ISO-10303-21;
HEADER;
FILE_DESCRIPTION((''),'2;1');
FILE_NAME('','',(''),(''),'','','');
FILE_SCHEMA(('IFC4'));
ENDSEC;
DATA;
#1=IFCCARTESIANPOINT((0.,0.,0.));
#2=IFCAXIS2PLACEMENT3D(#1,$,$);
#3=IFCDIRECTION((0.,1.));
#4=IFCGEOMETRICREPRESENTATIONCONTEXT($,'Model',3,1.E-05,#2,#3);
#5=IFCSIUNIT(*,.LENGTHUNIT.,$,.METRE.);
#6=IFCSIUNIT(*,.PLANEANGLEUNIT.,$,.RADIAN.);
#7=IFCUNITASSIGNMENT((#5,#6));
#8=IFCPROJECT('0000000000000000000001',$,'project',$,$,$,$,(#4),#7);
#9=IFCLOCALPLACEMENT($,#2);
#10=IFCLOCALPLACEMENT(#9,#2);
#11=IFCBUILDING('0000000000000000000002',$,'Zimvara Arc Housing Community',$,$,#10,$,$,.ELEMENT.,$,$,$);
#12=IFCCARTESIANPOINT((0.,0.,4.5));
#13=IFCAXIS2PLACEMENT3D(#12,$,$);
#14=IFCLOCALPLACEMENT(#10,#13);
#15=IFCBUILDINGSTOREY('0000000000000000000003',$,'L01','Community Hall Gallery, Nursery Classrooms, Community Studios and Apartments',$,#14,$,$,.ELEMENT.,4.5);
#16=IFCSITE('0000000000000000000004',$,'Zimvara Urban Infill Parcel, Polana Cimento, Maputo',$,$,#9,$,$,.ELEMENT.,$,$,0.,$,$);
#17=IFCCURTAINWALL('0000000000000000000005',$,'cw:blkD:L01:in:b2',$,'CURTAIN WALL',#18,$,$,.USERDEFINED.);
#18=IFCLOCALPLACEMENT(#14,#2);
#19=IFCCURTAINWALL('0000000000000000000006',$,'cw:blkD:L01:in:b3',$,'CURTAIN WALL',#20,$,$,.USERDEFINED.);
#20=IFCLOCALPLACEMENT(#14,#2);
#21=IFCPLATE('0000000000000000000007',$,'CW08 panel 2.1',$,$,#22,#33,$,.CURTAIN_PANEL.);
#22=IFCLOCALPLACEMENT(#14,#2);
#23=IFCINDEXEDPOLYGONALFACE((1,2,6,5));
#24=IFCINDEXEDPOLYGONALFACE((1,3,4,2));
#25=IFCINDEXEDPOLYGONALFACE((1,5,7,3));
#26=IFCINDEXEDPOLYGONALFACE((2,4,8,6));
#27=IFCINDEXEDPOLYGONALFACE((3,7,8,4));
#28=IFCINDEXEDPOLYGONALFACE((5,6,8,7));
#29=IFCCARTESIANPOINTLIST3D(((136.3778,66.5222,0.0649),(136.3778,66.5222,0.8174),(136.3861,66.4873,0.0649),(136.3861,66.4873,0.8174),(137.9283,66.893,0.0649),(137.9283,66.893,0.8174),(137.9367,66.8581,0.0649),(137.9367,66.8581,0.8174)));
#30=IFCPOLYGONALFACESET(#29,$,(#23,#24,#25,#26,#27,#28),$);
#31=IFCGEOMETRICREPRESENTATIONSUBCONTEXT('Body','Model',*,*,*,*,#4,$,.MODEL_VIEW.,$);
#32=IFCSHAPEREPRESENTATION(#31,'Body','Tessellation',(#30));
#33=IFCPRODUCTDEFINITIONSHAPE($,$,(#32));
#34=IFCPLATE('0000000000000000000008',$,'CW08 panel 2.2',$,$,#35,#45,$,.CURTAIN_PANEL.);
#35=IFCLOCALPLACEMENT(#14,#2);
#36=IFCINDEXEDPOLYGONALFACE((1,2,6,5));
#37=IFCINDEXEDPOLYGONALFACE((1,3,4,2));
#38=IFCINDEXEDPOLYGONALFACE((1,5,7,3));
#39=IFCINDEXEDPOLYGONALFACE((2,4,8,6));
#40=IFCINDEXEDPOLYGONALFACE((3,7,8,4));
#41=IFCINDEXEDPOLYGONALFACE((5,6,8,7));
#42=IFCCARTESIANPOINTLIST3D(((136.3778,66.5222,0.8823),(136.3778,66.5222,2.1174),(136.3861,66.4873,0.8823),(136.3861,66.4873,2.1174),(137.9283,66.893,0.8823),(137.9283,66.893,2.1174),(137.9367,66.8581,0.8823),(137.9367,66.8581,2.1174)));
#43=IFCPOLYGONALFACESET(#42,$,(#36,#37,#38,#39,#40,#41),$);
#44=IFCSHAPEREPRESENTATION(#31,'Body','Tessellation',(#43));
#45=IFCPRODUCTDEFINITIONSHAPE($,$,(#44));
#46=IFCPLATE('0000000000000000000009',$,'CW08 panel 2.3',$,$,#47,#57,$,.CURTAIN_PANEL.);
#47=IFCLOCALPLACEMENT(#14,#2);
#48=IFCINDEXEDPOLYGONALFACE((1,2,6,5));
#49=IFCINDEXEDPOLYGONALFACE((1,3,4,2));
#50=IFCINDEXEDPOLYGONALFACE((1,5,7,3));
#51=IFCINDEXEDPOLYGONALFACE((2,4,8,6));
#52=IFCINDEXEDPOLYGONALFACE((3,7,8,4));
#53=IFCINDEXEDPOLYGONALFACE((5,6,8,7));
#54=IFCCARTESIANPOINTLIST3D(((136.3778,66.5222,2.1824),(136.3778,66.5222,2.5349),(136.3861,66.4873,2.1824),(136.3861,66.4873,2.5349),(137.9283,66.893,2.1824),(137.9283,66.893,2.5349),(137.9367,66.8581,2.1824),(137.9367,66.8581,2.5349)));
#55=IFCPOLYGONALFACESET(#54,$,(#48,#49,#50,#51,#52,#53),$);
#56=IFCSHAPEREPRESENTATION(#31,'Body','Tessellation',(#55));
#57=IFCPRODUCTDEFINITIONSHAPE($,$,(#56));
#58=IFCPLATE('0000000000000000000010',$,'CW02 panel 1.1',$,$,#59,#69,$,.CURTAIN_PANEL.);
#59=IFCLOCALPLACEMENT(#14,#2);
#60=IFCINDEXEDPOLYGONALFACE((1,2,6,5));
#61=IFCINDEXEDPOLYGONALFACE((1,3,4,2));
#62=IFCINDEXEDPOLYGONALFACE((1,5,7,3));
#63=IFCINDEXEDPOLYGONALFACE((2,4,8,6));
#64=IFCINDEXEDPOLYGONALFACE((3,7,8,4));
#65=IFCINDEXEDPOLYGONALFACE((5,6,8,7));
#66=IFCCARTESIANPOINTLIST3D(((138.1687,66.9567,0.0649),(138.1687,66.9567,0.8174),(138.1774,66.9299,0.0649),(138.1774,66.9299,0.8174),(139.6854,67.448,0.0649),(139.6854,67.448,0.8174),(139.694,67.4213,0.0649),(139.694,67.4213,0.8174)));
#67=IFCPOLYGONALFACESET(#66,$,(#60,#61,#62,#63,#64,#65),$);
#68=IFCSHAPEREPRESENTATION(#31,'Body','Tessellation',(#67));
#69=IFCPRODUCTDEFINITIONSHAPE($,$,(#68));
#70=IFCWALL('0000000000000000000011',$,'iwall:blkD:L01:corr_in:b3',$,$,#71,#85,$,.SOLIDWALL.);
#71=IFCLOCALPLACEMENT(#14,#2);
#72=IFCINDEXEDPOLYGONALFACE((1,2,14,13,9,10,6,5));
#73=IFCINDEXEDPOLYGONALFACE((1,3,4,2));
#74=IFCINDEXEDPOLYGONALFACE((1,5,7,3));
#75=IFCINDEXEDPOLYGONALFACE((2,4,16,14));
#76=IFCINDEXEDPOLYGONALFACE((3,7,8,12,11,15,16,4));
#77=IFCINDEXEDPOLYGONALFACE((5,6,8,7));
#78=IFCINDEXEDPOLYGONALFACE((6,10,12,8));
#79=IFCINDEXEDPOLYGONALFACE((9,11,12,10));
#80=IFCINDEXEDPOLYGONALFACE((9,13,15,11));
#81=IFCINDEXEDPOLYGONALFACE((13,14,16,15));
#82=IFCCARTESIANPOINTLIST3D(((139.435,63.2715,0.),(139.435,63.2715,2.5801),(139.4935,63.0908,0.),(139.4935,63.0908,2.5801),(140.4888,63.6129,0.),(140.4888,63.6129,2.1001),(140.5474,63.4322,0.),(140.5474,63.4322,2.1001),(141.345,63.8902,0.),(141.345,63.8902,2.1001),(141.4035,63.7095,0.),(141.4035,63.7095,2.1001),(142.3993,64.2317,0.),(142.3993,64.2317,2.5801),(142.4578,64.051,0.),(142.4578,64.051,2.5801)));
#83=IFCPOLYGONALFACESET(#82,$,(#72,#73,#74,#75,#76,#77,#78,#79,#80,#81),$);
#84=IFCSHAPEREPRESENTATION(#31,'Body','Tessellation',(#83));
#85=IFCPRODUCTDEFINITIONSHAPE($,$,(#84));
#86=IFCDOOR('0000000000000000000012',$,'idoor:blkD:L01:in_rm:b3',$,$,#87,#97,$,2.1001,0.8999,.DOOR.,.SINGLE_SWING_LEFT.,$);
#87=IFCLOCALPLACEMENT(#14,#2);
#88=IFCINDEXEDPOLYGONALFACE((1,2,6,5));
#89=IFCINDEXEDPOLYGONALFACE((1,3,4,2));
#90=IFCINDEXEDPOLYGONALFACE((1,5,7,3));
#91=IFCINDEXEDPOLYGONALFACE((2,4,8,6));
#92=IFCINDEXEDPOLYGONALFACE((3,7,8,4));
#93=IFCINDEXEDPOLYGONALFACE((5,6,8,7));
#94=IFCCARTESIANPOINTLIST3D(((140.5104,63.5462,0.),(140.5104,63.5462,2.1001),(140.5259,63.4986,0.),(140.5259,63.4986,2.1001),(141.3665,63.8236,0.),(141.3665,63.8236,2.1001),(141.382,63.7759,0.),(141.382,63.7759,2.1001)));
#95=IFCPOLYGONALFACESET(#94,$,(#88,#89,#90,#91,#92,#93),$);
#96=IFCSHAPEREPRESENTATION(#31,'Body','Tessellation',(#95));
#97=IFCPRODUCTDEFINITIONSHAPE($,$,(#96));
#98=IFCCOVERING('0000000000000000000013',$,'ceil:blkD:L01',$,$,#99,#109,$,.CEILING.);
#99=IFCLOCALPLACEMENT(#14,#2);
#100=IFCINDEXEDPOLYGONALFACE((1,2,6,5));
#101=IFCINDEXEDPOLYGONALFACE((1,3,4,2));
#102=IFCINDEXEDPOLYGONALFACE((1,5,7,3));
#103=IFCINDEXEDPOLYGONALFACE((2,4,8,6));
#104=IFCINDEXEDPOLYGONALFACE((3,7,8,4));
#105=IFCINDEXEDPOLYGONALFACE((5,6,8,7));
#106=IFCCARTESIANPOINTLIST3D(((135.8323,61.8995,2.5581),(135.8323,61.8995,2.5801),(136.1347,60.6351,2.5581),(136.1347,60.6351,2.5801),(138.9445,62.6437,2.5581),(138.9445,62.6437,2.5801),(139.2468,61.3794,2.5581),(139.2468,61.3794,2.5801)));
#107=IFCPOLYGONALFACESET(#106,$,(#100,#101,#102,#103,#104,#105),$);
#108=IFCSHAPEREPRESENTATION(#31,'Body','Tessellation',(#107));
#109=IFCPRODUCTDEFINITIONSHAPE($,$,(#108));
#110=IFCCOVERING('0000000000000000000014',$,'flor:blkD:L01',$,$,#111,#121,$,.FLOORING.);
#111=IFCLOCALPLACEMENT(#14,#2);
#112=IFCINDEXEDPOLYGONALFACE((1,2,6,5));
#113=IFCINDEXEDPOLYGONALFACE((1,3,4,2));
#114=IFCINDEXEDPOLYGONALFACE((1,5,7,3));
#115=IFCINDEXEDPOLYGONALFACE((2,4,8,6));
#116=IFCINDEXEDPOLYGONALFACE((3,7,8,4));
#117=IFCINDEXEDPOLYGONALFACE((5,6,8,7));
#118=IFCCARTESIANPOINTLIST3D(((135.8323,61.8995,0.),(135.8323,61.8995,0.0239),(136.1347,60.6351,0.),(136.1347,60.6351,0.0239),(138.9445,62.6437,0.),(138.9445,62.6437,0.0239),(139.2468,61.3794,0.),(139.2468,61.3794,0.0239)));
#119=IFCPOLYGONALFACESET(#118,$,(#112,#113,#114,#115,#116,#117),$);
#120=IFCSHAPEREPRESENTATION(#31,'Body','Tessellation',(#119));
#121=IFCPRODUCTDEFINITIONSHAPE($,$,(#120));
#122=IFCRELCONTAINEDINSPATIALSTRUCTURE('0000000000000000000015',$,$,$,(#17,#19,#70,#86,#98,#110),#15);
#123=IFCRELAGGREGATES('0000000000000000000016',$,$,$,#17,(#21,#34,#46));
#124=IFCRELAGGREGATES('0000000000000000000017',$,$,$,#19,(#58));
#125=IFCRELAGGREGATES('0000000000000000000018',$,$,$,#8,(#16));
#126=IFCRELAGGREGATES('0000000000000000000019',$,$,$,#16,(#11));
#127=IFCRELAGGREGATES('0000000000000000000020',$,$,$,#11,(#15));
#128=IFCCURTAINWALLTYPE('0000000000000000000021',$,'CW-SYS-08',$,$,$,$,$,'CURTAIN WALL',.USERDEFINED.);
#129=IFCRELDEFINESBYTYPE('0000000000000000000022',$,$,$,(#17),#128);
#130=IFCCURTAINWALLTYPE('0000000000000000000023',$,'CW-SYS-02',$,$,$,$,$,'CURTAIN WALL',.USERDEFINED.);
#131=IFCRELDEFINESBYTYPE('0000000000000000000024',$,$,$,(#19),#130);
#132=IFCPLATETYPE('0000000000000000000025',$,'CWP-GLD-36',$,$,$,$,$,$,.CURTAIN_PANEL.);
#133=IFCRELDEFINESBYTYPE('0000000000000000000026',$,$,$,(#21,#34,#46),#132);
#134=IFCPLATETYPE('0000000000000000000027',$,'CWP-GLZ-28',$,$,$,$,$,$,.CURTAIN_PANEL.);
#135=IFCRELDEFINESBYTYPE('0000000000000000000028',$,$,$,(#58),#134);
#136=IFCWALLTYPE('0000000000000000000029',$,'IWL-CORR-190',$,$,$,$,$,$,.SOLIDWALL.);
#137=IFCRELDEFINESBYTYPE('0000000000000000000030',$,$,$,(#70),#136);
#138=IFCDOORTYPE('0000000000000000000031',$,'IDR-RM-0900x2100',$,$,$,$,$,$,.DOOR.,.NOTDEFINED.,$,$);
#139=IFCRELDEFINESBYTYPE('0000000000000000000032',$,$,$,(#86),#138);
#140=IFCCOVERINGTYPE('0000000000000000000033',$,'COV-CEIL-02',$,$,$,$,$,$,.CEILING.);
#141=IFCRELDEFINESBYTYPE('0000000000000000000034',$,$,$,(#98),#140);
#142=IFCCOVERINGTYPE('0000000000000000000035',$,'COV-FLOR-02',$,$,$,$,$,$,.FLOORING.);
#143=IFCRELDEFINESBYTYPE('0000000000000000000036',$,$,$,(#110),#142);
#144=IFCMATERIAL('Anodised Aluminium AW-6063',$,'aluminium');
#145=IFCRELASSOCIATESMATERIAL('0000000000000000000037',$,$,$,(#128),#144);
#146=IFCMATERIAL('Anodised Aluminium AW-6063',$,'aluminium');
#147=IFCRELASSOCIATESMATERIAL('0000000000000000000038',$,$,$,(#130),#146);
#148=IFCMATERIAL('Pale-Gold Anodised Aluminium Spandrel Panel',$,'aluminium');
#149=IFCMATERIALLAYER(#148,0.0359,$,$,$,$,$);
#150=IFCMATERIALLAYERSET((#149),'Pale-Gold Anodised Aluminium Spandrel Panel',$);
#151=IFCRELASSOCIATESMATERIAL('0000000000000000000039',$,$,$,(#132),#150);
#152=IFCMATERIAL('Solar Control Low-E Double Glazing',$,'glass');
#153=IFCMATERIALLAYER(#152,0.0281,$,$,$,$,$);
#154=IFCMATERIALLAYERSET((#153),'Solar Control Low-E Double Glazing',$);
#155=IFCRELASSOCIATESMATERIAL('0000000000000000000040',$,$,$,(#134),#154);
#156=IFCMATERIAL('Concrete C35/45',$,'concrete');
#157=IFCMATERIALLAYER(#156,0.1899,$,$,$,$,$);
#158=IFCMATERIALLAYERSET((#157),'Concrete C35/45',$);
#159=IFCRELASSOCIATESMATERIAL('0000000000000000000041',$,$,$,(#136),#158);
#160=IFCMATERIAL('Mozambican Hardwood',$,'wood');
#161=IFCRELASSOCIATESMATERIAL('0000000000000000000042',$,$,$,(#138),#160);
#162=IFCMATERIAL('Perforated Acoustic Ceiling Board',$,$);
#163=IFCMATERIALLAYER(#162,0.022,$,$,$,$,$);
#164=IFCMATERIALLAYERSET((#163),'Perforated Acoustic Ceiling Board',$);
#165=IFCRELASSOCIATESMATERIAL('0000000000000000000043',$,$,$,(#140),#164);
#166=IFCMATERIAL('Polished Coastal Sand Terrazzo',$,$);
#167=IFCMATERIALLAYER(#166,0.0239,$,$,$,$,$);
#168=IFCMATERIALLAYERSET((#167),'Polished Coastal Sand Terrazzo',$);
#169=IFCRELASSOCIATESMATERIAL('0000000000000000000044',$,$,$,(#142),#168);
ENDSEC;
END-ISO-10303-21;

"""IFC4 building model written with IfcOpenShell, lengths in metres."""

from ifc_helpers import new_model, si_unit, direction, frame, frame_2d, origin, origin_2d, place, context, subcontext, project, spatial, rectangle, extrude, material, layer, layer_set, type_object, element, fill, aggregate, save


model = new_model("IFC4")

# Units and contexts
model_context = context("Model", 3, precision=1e-05, world=origin(), true_north=direction((0.0, 1.0)))
body_context = subcontext(model_context, "Body", "Model", "MODEL_VIEW")
ifc_project = project(units=[si_unit("LENGTHUNIT", "METRE"), si_unit("PLANEANGLEUNIT", "RADIAN")], contexts=[model_context])

# Site, building, storey
site_placement = place(None, origin())
site = spatial("IfcSite", under=ifc_project, at=site_placement, Name="Zimvara Urban Infill Parcel, Polana Cimento, Maputo", CompositionType="ELEMENT", RefElevation=0.0)
building_placement = place(site_placement, origin())
building = spatial("IfcBuilding", under=site, at=building_placement, Name="Zimvara Arc Housing Community", CompositionType="ELEMENT")
storey_placement = place(building_placement, frame((0.0, 0.0, 4.5)))
storey = spatial("IfcBuildingStorey", under=building, at=storey_placement, Name="L01", Description="Community Hall Gallery, Nursery Classrooms, Community Studios and Apartments", CompositionType="ELEMENT", Elevation=4.5)

# Curtain walls
ifc_material_1 = material(Name="Anodised Aluminium AW-6063", Category="aluminium")
curtain_wall_type_1 = type_object("IfcCurtainWallType", Name="CW-SYS-08", ElementType="CURTAIN WALL", PredefinedType="USERDEFINED", material=ifc_material_1)
curtain_wall_1_placement = place(storey_placement, origin())
curtain_wall_1 = element("IfcCurtainWall", 1, at=curtain_wall_1_placement, inside=storey, type_object=curtain_wall_type_1, Name="cw:blkD:L01:in:b2", ObjectType="CURTAIN WALL", PredefinedType="USERDEFINED")
ifc_material_2 = material(Name="Anodised Aluminium AW-6063", Category="aluminium")
curtain_wall_type_2 = type_object("IfcCurtainWallType", Name="CW-SYS-02", ElementType="CURTAIN WALL", PredefinedType="USERDEFINED", material=ifc_material_2)
curtain_wall_2_placement = place(storey_placement, origin())
curtain_wall_2 = element("IfcCurtainWall", 2, at=curtain_wall_2_placement, inside=storey, type_object=curtain_wall_type_2, Name="cw:blkD:L01:in:b3", ObjectType="CURTAIN WALL", PredefinedType="USERDEFINED")

# Plates
ifc_material_3 = material(Name="Pale-Gold Anodised Aluminium Spandrel Panel", Category="aluminium")
ifc_layer_1 = layer(ifc_material_3, 0.0359)
ifc_layer_set_1 = layer_set([ifc_layer_1], Name="Pale-Gold Anodised Aluminium Spandrel Panel")
plate_type_1 = type_object("IfcPlateType", Name="CWP-GLD-36", PredefinedType="CURTAIN_PANEL", material=ifc_layer_set_1)
plate_1_placement = place(storey_placement, frame((137.1572, 66.6902, 0.0649), z_axis=(0.0, 0.0, 1.0), x_axis=(0.972573, 0.232596, 0.0)))
plate_1 = element("IfcPlate", 3, at=plate_1_placement, type_object=plate_type_1, Name="CW08 panel 2.1", PredefinedType="CURTAIN_PANEL", context=body_context, shape_type="SweptSolid", body=[
    extrude(rectangle(XDim=1.5942, YDim=0.0359, at=origin_2d()), origin(), (0.0, 0.0, 1.0), 0.7524),
])
plate_2_placement = place(storey_placement, frame((137.1572, 66.6902, 0.8823), z_axis=(0.0, 0.0, 1.0), x_axis=(0.972573, 0.232596, 0.0)))
plate_2 = element("IfcPlate", 4, at=plate_2_placement, type_object=plate_type_1, Name="CW08 panel 2.2", PredefinedType="CURTAIN_PANEL", context=body_context, shape_type="SweptSolid", body=[
    extrude(rectangle(XDim=1.5942, YDim=0.0359, at=origin_2d()), origin(), (0.0, 0.0, 1.0), 1.2351),
])
plate_3_placement = place(storey_placement, frame((137.1572, 66.6902, 2.1824), z_axis=(0.0, 0.0, 1.0), x_axis=(0.972573, 0.232596, 0.0)))
plate_3 = element("IfcPlate", 5, at=plate_3_placement, type_object=plate_type_1, Name="CW08 panel 2.3", PredefinedType="CURTAIN_PANEL", context=body_context, shape_type="SweptSolid", body=[
    extrude(rectangle(XDim=1.5942, YDim=0.0359, at=origin_2d()), origin(), (0.0, 0.0, 1.0), 0.3525),
])
aggregate(curtain_wall_1, [plate_1, plate_2, plate_3])
ifc_material_4 = material(Name="Solar Control Low-E Double Glazing", Category="glass")
ifc_layer_2 = layer(ifc_material_4, 0.0281)
ifc_layer_set_2 = layer_set([ifc_layer_2], Name="Solar Control Low-E Double Glazing")
plate_type_2 = type_object("IfcPlateType", Name="CWP-GLZ-28", PredefinedType="CURTAIN_PANEL", material=ifc_layer_set_2)
plate_4_placement = place(storey_placement, frame((138.9314, 67.189, 0.0649), z_axis=(0.0, 0.0, 1.0), x_axis=(0.951326, 0.308185, 0.0)))
plate_4 = element("IfcPlate", 6, at=plate_4_placement, type_object=plate_type_2, Name="CW02 panel 1.1", PredefinedType="CURTAIN_PANEL", context=body_context, shape_type="SweptSolid", body=[
    extrude(rectangle(XDim=1.5942, YDim=0.0281, at=origin_2d()), origin(), (0.0, 0.0, 1.0), 0.7524),
])
aggregate(curtain_wall_2, [plate_4])

# Wall, opening, door
ifc_material_5 = material(Name="Concrete C35/45", Category="concrete")
ifc_layer_3 = layer(ifc_material_5, 0.1899)
ifc_layer_set_3 = layer_set([ifc_layer_3], Name="Concrete C35/45")
wall_type = type_object("IfcWallType", Name="IWL-CORR-190", PredefinedType="SOLIDWALL", material=ifc_layer_set_3)
wall_1_placement = place(storey_placement, frame((139.4641, 63.1812, 0.0), z_axis=(0.0, 0.0, 1.0), x_axis=(0.951336, 0.308154, 0.0)))
wall_1 = element("IfcWall", 7, at=wall_1_placement, inside=storey, type_object=wall_type, Name="iwall:blkD:L01:corr_in:b3", PredefinedType="SOLIDWALL", context=body_context, shape_type="SweptSolid", body=[
    extrude(rectangle(XDim=3.116, YDim=0.1899, at=frame_2d((1.5581, 0.0))), origin(), (0.0, 0.0, 1.0), 2.5801),
])
opening_1_placement = place(wall_1_placement, frame((1.1079, 0.0, 0.0)))
opening_1 = element("IfcOpeningElement", 8, at=opening_1_placement, cuts=wall_1, PredefinedType="OPENING", context=body_context, shape_type="SweptSolid", body=[
    extrude(rectangle(XDim=0.8999, YDim=2.1001, at=frame_2d((0.45, 1.05))), frame((0.0, 0.105, 0.0), z_axis=(0.0, -1.0, 0.0), x_axis=(1.0, 0.0, 0.0)), (0.0, 0.0, 1.0), 0.21),
])
ifc_material_6 = material(Name="Mozambican Hardwood", Category="wood")
door_type_1 = type_object("IfcDoorType", Name="IDR-RM-0900x2100", OperationType="NOTDEFINED", PredefinedType="DOOR", material=ifc_material_6)
door_1_placement = place(opening_1_placement, origin())
door_1 = element("IfcDoor", 9, at=door_1_placement, inside=storey, type_object=door_type_1, Name="idoor:blkD:L01:in_rm:b3", OperationType="SINGLE_SWING_LEFT", OverallHeight=2.1001, OverallWidth=0.8999, PredefinedType="DOOR", context=body_context, shape_type="SweptSolid", body=[
    extrude(rectangle(XDim=0.8999, YDim=2.1001, at=frame_2d((0.45, 1.05))), frame((0.0, 0.0249, 0.0), z_axis=(0.0, -1.0, 0.0), x_axis=(1.0, 0.0, 0.0)), (0.0, 0.0, 1.0), 0.05),
])
fill(opening_1, door_1)

# Coverings
ifc_material_7 = material(Name="Perforated Acoustic Ceiling Board")
ifc_layer_4 = layer(ifc_material_7, 0.022)
ifc_layer_set_4 = layer_set([ifc_layer_4], Name="Perforated Acoustic Ceiling Board")
covering_type_1 = type_object("IfcCoveringType", Name="COV-CEIL-02", PredefinedType="CEILING", material=ifc_layer_set_4)
covering_1_placement = place(storey_placement, frame((137.5396, 61.6394, 2.5581), z_axis=(0.0, 0.0, 1.0), x_axis=(0.232597, -0.972573, 0.0)))
element("IfcCovering", 10, at=covering_1_placement, inside=storey, type_object=covering_type_1, Name="ceil:blkD:L01", PredefinedType="CEILING", context=body_context, shape_type="SweptSolid", body=[
    extrude(rectangle(XDim=1.3, YDim=3.2, at=origin_2d()), origin(), (0.0, 0.0, 1.0), 0.022),
])
ifc_material_8 = material(Name="Polished Coastal Sand Terrazzo")
ifc_layer_5 = layer(ifc_material_8, 0.0239)
ifc_layer_set_5 = layer_set([ifc_layer_5], Name="Polished Coastal Sand Terrazzo")
covering_type_2 = type_object("IfcCoveringType", Name="COV-FLOR-02", PredefinedType="FLOORING", material=ifc_layer_set_5)
covering_2_placement = place(storey_placement, frame((137.5396, 61.6394, 0.0), z_axis=(0.0, 0.0, 1.0), x_axis=(0.232597, -0.972573, 0.0)))
element("IfcCovering", 11, at=covering_2_placement, inside=storey, type_object=covering_type_2, Name="flor:blkD:L01", PredefinedType="FLOORING", context=body_context, shape_type="SweptSolid", body=[
    extrude(rectangle(XDim=1.3, YDim=3.2, at=origin_2d()), origin(), (0.0, 0.0, 1.0), 0.0239),
])

save(model, "model.ifc")
